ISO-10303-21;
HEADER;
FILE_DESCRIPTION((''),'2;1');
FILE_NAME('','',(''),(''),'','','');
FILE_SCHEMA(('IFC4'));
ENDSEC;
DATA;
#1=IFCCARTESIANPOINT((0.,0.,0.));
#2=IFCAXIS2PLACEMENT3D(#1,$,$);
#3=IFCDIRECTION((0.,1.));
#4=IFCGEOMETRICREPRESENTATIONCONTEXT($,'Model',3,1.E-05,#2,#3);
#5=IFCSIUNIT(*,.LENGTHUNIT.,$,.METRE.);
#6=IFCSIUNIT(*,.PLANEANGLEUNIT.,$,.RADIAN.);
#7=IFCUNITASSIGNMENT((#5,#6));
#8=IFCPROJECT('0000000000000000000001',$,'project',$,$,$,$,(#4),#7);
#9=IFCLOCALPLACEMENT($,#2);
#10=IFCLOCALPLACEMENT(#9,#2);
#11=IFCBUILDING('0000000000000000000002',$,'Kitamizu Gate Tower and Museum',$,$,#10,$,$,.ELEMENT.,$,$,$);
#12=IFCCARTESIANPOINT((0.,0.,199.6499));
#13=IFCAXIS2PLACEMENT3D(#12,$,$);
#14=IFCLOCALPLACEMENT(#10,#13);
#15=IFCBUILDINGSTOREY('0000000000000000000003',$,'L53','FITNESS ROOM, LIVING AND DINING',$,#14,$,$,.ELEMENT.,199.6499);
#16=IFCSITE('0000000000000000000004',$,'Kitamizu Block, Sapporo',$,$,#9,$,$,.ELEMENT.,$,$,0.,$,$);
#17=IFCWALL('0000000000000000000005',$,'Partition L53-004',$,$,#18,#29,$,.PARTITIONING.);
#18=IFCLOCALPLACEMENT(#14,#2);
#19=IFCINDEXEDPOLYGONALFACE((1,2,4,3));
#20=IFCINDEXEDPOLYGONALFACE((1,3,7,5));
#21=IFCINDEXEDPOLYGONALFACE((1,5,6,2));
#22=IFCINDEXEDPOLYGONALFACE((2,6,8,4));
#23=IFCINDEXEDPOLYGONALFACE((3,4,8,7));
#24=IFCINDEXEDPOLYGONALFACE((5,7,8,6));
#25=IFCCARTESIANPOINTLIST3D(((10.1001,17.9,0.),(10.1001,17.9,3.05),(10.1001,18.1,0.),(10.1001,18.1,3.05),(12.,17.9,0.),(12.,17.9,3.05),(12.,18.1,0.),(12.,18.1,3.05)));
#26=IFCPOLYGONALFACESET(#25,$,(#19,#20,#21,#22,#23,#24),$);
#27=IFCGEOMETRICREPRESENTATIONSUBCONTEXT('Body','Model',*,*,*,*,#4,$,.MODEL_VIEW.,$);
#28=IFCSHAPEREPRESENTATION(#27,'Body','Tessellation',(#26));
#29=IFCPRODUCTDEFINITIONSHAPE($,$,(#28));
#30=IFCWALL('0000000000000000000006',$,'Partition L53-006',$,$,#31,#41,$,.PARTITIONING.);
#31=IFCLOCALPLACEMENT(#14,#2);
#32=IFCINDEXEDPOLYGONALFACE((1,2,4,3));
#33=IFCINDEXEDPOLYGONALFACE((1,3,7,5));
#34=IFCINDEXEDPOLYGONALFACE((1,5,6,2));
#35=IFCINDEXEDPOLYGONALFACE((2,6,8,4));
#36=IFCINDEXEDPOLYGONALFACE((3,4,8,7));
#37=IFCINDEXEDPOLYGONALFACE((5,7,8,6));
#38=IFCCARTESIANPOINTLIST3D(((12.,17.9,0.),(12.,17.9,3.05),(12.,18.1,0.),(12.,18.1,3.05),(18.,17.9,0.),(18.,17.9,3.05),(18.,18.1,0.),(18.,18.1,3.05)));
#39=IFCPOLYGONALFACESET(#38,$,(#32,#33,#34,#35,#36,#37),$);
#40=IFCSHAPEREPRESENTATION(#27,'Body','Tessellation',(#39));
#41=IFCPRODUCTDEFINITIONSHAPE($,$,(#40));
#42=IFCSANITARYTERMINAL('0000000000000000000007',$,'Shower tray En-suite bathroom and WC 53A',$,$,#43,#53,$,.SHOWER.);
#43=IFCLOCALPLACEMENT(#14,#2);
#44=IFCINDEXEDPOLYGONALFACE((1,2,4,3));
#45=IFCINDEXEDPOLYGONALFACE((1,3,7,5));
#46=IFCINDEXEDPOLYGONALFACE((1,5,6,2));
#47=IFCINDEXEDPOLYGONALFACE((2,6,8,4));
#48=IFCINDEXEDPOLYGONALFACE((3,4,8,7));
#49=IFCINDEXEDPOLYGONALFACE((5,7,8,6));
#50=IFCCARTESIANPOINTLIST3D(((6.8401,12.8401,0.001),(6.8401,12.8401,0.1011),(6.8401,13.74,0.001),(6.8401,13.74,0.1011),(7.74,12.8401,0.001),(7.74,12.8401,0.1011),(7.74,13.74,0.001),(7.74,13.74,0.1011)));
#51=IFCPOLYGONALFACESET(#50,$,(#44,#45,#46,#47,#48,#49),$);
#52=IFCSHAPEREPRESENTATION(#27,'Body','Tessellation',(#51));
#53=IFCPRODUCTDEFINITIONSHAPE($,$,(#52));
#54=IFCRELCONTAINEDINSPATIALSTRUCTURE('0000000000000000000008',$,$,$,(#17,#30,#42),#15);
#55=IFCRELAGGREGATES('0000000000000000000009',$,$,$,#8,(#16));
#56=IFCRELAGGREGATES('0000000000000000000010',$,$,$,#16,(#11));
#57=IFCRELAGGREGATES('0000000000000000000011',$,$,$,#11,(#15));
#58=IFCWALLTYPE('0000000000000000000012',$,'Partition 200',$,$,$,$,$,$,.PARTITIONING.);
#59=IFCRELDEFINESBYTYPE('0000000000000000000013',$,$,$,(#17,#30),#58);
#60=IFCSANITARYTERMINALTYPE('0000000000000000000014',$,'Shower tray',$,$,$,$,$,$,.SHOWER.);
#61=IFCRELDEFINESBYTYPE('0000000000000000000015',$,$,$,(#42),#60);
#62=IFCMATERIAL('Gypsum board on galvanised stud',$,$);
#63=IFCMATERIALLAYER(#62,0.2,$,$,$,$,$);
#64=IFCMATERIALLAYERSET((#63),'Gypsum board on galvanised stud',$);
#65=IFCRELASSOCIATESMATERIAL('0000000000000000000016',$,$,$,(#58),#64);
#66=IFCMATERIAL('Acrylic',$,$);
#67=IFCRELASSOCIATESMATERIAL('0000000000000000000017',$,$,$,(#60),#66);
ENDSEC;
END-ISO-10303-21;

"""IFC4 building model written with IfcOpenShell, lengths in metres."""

from ifc_helpers import new_model, si_unit, direction, frame, frame_2d, origin, origin_2d, place, context, subcontext, project, spatial, rectangle, extrude, material, layer, layer_set, type_object, element, save


model = new_model("IFC4")

# Units and contexts
model_context = context("Model", 3, precision=1e-05, world=origin(), true_north=direction((0.0, 1.0)))
body_context = subcontext(model_context, "Body", "Model", "MODEL_VIEW")
ifc_project = project(units=[si_unit("LENGTHUNIT", "METRE"), si_unit("PLANEANGLEUNIT", "RADIAN")], contexts=[model_context])

# Site, building, storey
site_placement = place(None, origin())
site = spatial("IfcSite", under=ifc_project, at=site_placement, Name="Kitamizu Block, Sapporo", CompositionType="ELEMENT", RefElevation=0.0)
building_placement = place(site_placement, origin())
building = spatial("IfcBuilding", under=site, at=building_placement, Name="Kitamizu Gate Tower and Museum", CompositionType="ELEMENT")
storey_placement = place(building_placement, frame((0.0, 0.0, 199.6499)))
storey = spatial("IfcBuildingStorey", under=building, at=storey_placement, Name="L53", Description="FITNESS ROOM, LIVING AND DINING", CompositionType="ELEMENT", Elevation=199.6499)

# Walls
ifc_material_1 = material(Name="Gypsum board on galvanised stud")
ifc_layer_1 = layer(ifc_material_1, 0.2)
ifc_layer_set_1 = layer_set([ifc_layer_1], Name="Gypsum board on galvanised stud")
wall_type_1 = type_object("IfcWallType", Name="Partition 200", PredefinedType="PARTITIONING", material=ifc_layer_set_1)
wall_1_placement = place(storey_placement, frame((12.0, 18.0, 0.0), z_axis=(0.0, 0.0, 1.0), x_axis=(-1.0, 0.0, 0.0)))
element("IfcWall", 1, at=wall_1_placement, inside=storey, type_object=wall_type_1, Name="Partition L53-004", PredefinedType="PARTITIONING", context=body_context, shape_type="SweptSolid", body=[
    extrude(rectangle(XDim=1.8999, YDim=0.2, at=frame_2d((0.95, 0.0))), origin(), (0.0, 0.0, 1.0), 3.05),
])
wall_2_placement = place(storey_placement, frame((18.0, 18.0, 0.0), z_axis=(0.0, 0.0, 1.0), x_axis=(-1.0, 0.0, 0.0)))
element("IfcWall", 2, at=wall_2_placement, inside=storey, type_object=wall_type_1, Name="Partition L53-006", PredefinedType="PARTITIONING", context=body_context, shape_type="SweptSolid", body=[
    extrude(rectangle(XDim=6.0, YDim=0.2, at=frame_2d((3.0, 0.0))), origin(), (0.0, 0.0, 1.0), 3.05),
])

# Sanitary terminal
ifc_material_2 = material(Name="Acrylic")
sanitary_terminal_type = type_object("IfcSanitaryTerminalType", Name="Shower tray", PredefinedType="SHOWER", material=ifc_material_2)
sanitary_terminal_placement = place(storey_placement, frame((7.29, 13.29, 0.001), z_axis=(0.0, 0.0, 1.0), x_axis=(1.0, 0.0, 0.0)))
element("IfcSanitaryTerminal", 3, at=sanitary_terminal_placement, inside=storey, type_object=sanitary_terminal_type, Name="Shower tray En-suite bathroom and WC 53A", PredefinedType="SHOWER", context=body_context, shape_type="SweptSolid", body=[
    extrude(rectangle(XDim=0.8999, YDim=0.8999, at=origin_2d()), origin(), (0.0, 0.0, 1.0), 0.1001),
])

save(model, "model.ifc")
